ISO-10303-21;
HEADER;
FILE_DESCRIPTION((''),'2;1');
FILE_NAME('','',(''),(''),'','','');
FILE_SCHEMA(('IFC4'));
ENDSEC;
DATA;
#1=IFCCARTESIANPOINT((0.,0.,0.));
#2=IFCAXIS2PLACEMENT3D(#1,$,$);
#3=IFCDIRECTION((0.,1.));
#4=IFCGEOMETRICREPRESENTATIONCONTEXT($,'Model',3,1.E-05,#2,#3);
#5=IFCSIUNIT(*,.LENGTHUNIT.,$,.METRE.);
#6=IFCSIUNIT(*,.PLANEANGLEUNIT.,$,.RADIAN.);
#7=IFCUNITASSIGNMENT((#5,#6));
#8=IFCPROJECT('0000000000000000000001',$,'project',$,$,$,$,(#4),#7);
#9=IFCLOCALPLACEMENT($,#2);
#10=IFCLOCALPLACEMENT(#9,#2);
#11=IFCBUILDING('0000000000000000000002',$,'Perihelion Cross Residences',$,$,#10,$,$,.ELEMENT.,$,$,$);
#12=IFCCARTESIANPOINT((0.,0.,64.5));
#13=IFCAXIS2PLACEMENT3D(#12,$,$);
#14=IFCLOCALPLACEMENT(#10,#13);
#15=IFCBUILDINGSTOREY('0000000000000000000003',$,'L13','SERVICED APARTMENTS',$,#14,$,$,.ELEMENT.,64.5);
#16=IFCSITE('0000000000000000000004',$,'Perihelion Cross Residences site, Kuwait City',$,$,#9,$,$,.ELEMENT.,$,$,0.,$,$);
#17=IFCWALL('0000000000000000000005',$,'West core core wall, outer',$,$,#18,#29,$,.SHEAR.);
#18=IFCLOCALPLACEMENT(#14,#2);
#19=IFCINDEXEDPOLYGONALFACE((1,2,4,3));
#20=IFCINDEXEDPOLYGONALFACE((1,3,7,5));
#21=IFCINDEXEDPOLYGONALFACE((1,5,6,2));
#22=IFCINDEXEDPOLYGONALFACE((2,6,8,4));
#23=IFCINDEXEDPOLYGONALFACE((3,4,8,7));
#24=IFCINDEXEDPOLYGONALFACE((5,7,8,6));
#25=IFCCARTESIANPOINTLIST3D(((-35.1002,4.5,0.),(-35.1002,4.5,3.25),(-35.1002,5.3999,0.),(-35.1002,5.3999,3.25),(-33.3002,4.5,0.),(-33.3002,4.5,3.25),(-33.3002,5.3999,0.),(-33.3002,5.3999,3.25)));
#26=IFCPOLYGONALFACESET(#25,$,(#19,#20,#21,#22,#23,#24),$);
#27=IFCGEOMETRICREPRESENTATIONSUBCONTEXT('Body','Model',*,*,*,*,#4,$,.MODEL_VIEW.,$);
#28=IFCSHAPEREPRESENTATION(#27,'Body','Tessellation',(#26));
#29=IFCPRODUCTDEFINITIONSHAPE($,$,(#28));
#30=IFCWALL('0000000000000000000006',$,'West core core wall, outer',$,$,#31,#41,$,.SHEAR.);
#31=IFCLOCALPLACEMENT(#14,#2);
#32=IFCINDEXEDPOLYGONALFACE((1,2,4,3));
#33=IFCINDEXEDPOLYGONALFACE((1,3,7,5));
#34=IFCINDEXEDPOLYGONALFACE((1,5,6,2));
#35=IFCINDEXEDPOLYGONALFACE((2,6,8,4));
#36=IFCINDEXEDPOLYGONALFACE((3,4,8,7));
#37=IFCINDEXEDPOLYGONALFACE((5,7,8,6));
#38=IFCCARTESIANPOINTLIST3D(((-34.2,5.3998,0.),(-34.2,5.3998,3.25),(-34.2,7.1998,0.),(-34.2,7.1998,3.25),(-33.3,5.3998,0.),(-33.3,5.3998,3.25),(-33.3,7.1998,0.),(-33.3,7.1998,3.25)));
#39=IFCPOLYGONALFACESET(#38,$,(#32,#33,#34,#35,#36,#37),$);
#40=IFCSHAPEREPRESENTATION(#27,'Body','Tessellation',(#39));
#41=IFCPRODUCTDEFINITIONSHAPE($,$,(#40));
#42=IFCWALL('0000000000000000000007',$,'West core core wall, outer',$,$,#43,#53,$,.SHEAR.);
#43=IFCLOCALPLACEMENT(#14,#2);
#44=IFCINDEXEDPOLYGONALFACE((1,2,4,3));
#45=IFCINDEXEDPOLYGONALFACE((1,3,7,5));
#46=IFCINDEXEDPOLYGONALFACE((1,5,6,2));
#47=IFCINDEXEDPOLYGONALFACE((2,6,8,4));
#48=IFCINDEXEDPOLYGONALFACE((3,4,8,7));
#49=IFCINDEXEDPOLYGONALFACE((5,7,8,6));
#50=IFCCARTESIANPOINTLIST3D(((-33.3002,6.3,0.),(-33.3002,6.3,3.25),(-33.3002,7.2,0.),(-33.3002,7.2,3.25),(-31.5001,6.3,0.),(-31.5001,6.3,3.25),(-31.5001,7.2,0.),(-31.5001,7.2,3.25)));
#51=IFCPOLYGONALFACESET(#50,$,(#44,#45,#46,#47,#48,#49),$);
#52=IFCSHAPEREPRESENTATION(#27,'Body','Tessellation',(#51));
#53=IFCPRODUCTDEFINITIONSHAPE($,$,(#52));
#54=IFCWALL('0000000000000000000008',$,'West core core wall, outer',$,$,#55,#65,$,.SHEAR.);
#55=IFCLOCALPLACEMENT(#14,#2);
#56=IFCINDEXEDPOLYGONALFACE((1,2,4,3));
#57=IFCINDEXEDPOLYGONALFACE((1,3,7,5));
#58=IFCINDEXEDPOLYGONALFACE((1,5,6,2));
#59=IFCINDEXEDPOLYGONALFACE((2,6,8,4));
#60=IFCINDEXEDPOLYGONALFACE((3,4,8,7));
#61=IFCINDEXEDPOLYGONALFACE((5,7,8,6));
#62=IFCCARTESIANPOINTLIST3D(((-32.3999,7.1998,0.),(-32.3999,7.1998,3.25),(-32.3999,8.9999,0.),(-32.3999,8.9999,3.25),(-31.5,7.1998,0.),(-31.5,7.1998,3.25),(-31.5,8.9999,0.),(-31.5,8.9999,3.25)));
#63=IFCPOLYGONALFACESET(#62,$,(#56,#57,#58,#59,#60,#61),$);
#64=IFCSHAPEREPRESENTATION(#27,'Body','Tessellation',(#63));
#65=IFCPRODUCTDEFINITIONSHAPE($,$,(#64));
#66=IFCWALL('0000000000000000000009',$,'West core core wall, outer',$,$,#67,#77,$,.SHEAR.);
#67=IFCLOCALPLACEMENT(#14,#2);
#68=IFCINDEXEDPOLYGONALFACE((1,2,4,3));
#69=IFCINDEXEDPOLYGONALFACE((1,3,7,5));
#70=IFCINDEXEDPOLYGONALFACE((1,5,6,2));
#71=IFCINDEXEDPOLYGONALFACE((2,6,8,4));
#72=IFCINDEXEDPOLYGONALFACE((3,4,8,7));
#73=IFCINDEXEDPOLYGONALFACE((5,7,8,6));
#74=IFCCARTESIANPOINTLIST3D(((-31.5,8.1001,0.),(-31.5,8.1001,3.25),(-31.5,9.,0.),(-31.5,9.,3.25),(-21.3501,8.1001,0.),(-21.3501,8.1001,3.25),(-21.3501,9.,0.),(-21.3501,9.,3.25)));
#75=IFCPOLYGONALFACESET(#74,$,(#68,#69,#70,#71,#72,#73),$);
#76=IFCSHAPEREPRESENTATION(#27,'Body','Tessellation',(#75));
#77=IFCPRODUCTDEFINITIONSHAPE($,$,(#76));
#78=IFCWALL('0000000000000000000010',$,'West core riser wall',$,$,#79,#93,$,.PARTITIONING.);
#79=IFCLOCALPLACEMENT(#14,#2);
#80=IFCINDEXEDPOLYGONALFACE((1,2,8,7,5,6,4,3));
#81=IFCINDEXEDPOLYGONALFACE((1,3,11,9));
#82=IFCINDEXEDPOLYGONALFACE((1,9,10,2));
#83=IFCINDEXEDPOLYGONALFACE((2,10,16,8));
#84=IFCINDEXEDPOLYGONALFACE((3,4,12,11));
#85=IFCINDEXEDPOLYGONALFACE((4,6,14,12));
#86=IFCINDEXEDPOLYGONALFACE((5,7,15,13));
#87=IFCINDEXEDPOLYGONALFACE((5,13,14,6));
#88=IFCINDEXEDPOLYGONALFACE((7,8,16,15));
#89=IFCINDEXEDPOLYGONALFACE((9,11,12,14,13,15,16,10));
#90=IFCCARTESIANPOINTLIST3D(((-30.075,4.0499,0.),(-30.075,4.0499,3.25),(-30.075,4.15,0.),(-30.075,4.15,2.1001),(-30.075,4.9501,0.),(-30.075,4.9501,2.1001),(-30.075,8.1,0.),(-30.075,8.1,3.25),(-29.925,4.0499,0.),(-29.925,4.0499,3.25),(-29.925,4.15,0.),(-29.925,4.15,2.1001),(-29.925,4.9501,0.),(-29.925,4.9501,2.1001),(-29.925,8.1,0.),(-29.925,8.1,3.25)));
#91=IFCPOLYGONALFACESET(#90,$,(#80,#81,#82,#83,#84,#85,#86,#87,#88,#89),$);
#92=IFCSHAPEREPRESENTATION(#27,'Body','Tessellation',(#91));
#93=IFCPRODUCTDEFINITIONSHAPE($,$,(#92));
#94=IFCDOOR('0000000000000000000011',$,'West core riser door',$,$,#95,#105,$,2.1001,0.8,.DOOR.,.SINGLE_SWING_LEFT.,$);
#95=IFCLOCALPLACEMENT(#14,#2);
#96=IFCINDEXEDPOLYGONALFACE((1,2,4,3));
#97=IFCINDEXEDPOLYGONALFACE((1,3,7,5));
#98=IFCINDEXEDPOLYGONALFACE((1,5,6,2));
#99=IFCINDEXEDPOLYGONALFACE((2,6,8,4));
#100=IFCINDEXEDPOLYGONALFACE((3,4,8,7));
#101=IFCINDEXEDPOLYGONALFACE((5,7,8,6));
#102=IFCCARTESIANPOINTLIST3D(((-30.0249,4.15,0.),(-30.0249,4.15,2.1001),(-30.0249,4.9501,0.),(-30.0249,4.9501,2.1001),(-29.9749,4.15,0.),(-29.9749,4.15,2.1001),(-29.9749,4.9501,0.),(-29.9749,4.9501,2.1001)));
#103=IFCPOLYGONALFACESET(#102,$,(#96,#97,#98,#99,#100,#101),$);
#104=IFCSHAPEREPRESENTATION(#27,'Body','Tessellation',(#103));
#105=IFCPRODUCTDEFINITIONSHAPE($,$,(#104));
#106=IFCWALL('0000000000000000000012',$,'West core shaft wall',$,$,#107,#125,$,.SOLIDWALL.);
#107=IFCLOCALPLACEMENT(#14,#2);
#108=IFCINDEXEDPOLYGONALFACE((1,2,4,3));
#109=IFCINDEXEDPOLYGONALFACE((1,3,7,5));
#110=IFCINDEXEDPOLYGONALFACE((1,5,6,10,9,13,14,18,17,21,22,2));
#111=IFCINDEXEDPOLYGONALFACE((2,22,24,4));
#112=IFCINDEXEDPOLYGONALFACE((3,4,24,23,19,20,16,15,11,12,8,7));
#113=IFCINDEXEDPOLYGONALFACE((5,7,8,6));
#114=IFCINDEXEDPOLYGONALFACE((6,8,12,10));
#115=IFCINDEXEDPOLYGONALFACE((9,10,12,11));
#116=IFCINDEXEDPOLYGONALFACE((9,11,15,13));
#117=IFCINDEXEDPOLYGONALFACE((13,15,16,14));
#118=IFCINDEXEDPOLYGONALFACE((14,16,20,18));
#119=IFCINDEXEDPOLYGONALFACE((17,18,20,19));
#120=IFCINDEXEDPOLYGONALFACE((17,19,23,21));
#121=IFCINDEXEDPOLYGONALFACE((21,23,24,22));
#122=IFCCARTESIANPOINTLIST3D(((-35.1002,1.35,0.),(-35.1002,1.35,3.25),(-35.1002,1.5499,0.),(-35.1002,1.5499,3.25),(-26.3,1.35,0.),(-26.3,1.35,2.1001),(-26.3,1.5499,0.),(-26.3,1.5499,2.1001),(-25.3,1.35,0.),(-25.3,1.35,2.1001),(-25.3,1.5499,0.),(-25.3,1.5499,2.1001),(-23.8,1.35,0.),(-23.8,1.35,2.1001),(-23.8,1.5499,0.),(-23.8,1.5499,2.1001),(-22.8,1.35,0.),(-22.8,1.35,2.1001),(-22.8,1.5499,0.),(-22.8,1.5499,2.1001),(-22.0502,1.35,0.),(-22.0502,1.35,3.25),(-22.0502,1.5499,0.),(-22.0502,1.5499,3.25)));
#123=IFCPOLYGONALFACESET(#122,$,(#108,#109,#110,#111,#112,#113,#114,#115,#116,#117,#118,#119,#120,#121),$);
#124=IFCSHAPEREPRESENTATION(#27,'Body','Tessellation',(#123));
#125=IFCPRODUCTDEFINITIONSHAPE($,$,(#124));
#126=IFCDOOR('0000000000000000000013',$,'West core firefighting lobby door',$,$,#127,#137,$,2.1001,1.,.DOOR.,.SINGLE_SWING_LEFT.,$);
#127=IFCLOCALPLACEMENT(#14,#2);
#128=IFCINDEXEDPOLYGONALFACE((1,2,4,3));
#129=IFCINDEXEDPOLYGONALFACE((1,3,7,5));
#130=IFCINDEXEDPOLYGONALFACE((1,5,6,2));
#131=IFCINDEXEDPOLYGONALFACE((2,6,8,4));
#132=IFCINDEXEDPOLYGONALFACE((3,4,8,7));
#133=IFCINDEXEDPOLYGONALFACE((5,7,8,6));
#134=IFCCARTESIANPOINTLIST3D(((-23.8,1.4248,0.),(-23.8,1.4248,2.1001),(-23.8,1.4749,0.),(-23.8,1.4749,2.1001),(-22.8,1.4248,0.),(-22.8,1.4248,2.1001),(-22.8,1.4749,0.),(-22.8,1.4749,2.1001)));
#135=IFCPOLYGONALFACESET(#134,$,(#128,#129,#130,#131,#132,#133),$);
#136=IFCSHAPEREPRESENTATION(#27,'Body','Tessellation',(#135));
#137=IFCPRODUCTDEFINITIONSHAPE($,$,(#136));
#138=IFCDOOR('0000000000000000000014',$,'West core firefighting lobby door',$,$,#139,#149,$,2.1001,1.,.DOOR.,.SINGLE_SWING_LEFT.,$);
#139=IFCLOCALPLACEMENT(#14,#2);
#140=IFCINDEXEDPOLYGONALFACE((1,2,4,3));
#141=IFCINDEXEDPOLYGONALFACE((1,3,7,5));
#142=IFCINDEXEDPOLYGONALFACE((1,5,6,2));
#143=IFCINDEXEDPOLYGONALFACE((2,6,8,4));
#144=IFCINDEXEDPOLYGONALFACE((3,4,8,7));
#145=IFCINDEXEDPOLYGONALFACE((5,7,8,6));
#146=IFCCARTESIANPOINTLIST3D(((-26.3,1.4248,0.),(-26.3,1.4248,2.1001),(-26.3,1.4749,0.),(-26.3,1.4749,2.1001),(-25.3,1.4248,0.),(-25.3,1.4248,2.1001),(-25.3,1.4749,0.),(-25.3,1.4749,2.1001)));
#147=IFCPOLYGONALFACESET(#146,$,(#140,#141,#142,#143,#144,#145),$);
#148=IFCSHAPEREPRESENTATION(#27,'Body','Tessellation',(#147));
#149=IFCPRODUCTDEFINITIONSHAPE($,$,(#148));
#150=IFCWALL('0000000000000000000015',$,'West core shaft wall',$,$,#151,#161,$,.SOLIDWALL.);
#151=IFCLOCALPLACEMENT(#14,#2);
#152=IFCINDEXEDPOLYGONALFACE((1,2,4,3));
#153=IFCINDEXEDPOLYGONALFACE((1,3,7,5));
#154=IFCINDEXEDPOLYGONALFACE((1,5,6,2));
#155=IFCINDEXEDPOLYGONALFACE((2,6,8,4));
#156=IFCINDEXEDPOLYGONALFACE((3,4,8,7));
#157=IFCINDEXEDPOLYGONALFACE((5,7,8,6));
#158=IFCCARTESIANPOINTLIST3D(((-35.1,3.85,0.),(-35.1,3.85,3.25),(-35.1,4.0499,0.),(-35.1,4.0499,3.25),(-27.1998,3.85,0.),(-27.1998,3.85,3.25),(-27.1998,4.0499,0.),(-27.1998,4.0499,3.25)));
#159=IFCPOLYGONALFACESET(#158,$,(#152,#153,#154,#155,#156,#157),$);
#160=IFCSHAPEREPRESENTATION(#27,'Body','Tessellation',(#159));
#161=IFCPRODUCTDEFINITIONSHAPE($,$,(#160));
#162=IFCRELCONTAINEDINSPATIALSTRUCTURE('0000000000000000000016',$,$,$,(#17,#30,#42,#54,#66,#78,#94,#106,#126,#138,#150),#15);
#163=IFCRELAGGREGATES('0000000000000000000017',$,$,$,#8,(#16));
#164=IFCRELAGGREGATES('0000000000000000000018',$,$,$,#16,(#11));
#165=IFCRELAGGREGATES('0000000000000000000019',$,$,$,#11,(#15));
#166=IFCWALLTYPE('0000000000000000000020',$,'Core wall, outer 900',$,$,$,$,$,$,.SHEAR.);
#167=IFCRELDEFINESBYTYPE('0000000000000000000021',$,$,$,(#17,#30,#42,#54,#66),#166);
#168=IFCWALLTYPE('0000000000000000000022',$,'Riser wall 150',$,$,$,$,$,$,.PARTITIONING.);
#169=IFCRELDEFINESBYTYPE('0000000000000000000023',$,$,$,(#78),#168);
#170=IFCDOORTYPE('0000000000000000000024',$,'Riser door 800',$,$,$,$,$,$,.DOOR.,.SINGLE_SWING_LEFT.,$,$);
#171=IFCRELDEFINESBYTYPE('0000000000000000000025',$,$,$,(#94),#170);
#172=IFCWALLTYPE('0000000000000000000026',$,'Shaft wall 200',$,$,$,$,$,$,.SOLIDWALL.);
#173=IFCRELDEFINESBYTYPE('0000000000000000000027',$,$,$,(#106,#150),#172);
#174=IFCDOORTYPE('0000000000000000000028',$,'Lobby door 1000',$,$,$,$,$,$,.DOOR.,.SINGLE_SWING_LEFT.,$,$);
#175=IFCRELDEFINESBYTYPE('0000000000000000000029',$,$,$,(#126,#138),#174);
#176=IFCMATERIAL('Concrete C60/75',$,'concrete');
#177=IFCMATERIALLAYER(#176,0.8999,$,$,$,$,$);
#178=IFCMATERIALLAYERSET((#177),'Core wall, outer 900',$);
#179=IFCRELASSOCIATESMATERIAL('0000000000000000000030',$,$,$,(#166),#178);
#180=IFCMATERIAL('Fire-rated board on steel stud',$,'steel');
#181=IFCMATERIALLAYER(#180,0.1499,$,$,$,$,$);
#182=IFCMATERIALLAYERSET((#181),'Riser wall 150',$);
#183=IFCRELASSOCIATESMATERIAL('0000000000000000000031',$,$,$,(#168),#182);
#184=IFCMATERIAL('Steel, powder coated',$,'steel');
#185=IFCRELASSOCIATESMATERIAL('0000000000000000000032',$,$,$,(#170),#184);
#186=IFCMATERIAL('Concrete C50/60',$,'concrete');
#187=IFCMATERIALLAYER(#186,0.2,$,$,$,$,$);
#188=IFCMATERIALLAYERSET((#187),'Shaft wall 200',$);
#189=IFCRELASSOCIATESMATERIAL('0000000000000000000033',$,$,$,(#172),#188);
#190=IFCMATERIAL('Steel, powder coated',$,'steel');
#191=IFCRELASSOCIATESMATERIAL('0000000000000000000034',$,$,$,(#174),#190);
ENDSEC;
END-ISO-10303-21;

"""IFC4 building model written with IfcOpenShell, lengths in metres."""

from ifc_helpers import new_model, si_unit, direction, frame, frame_2d, origin, place, context, subcontext, project, spatial, rectangle, extrude, material, layer, layer_set, type_object, element, fill, save


model = new_model("IFC4")

# Units and contexts
model_context = context("Model", 3, precision=1e-05, world=origin(), true_north=direction((0.0, 1.0)))
body_context = subcontext(model_context, "Body", "Model", "MODEL_VIEW")
ifc_project = project(units=[si_unit("LENGTHUNIT", "METRE"), si_unit("PLANEANGLEUNIT", "RADIAN")], contexts=[model_context])

# Site, building, storey
site_placement = place(None, origin())
site = spatial("IfcSite", under=ifc_project, at=site_placement, Name="Perihelion Cross Residences site, Kuwait City", CompositionType="ELEMENT", RefElevation=0.0)
building_placement = place(site_placement, origin())
building = spatial("IfcBuilding", under=site, at=building_placement, Name="Perihelion Cross Residences", CompositionType="ELEMENT")
storey_placement = place(building_placement, frame((0.0, 0.0, 64.5)))
storey = spatial("IfcBuildingStorey", under=building, at=storey_placement, Name="L13", Description="SERVICED APARTMENTS", CompositionType="ELEMENT", Elevation=64.5)

# Walls
ifc_material_1 = material(Name="Concrete C60/75", Category="concrete")
ifc_layer_1 = layer(ifc_material_1, 0.8999)
ifc_layer_set_1 = layer_set([ifc_layer_1], Name="Core wall, outer 900")
wall_type_1 = type_object("IfcWallType", Name="Core wall, outer 900", PredefinedType="SHEAR", material=ifc_layer_set_1)
for number, where, z_axis, x_axis, name in (
    (1, (-35.1001, 4.95, 0.0), (0.0, 0.0, 1.0), (1.0, 0.0, 0.0), "West core core wall, outer"),
    (2, (-33.75, 5.3999, 0.0), (0.0, 0.0, 1.0), (0.0, 1.0, 0.0), "West core core wall, outer"),
    (3, (-33.3, 6.75, 0.0), (0.0, 0.0, 1.0), (1.0, 0.0, 0.0), "West core core wall, outer"),
    (4, (-31.95, 7.2, 0.0), (0.0, 0.0, 1.0), (0.0, 1.0, 0.0), "West core core wall, outer"),
):
    element("IfcWall", number, at=place(storey_placement, frame(where, z_axis=z_axis, x_axis=x_axis)), inside=storey, type_object=wall_type_1, Name=name, PredefinedType="SHEAR", context=body_context, shape_type="SweptSolid", body=[
        extrude(rectangle(XDim=1.8, YDim=0.8999, at=frame_2d((0.8999, 0.0))), origin(), (0.0, 0.0, 1.0), 3.25),
    ])
wall_1_placement = place(storey_placement, frame((-31.5, 8.55, 0.0), z_axis=(0.0, 0.0, 1.0), x_axis=(1.0, 0.0, 0.0)))
element("IfcWall", 5, at=wall_1_placement, inside=storey, type_object=wall_type_1, Name="West core core wall, outer", PredefinedType="SHEAR", context=body_context, shape_type="SweptSolid", body=[
    extrude(rectangle(XDim=10.1499, YDim=0.8999, at=frame_2d((5.075, 0.0))), origin(), (0.0, 0.0, 1.0), 3.25),
])

# Wall, opening, door
ifc_material_2 = material(Name="Fire-rated board on steel stud", Category="steel")
ifc_layer_2 = layer(ifc_material_2, 0.1499)
ifc_layer_set_2 = layer_set([ifc_layer_2], Name="Riser wall 150")
wall_type_2 = type_object("IfcWallType", Name="Riser wall 150", PredefinedType="PARTITIONING", material=ifc_layer_set_2)
wall_2_placement = place(storey_placement, frame((-30.0, 4.05, 0.0), z_axis=(0.0, 0.0, 1.0), x_axis=(0.0, 1.0, 0.0)))
wall_2 = element("IfcWall", 6, at=wall_2_placement, inside=storey, type_object=wall_type_2, Name="West core riser wall", PredefinedType="PARTITIONING", context=body_context, shape_type="SweptSolid", body=[
    extrude(rectangle(XDim=4.05, YDim=0.1499, at=frame_2d((2.0249, 0.0))), origin(), (0.0, 0.0, 1.0), 3.25),
])
opening_1_placement = place(wall_2_placement, frame((0.1001, 0.0, 0.0)))
opening_1 = element("IfcOpeningElement", 7, at=opening_1_placement, cuts=wall_2, PredefinedType="OPENING", context=body_context, shape_type="SweptSolid", body=[
    extrude(rectangle(XDim=0.8, YDim=2.1001, at=frame_2d((0.3999, 1.05))), frame((0.0, 0.085, 0.0), z_axis=(0.0, -1.0, 0.0), x_axis=(1.0, 0.0, 0.0)), (0.0, 0.0, 1.0), 0.1699),
])
ifc_material_3 = material(Name="Steel, powder coated", Category="steel")
door_type_1 = type_object("IfcDoorType", Name="Riser door 800", OperationType="SINGLE_SWING_LEFT", PredefinedType="DOOR", material=ifc_material_3)
door_1_placement = place(opening_1_placement, origin())
door_1 = element("IfcDoor", 8, at=door_1_placement, inside=storey, type_object=door_type_1, Name="West core riser door", OperationType="SINGLE_SWING_LEFT", OverallHeight=2.1001, OverallWidth=0.8, PredefinedType="DOOR", context=body_context, shape_type="SweptSolid", body=[
    extrude(rectangle(XDim=0.8, YDim=2.1001, at=frame_2d((0.3999, 1.05))), frame((0.0, 0.0249, 0.0), z_axis=(0.0, -1.0, 0.0), x_axis=(1.0, 0.0, 0.0)), (0.0, 0.0, 1.0), 0.05),
])
fill(opening_1, door_1)

# Wall, openings, doors
ifc_material_4 = material(Name="Concrete C50/60", Category="concrete")
ifc_layer_3 = layer(ifc_material_4, 0.2)
ifc_layer_set_3 = layer_set([ifc_layer_3], Name="Shaft wall 200")
wall_type_3 = type_object("IfcWallType", Name="Shaft wall 200", PredefinedType="SOLIDWALL", material=ifc_layer_set_3)
wall_3_placement = place(storey_placement, frame((-35.1001, 1.45, 0.0), z_axis=(0.0, 0.0, 1.0), x_axis=(1.0, 0.0, 0.0)))
wall_3 = element("IfcWall", 9, at=wall_3_placement, inside=storey, type_object=wall_type_3, Name="West core shaft wall", PredefinedType="SOLIDWALL", context=body_context, shape_type="SweptSolid", body=[
    extrude(rectangle(XDim=13.05, YDim=0.2, at=frame_2d((6.5249, 0.0))), origin(), (0.0, 0.0, 1.0), 3.25),
])
opening_2_placement = place(wall_3_placement, frame((11.3, 0.0, 0.0)))
opening_2 = element("IfcOpeningElement", 10, at=opening_2_placement, cuts=wall_3, PredefinedType="OPENING", context=body_context, shape_type="SweptSolid", body=[
    extrude(rectangle(XDim=1.0, YDim=2.1001, at=frame_2d((0.5, 1.05))), frame((0.0, 0.1099, 0.0), z_axis=(0.0, -1.0, 0.0), x_axis=(1.0, 0.0, 0.0)), (0.0, 0.0, 1.0), 0.22),
])
opening_3_placement = place(wall_3_placement, frame((8.8, 0.0, 0.0)))
opening_3 = element("IfcOpeningElement", 11, at=opening_3_placement, cuts=wall_3, PredefinedType="OPENING", context=body_context, shape_type="SweptSolid", body=[
    extrude(rectangle(XDim=1.0, YDim=2.1001, at=frame_2d((0.5, 1.05))), frame((0.0, 0.1099, 0.0), z_axis=(0.0, -1.0, 0.0), x_axis=(1.0, 0.0, 0.0)), (0.0, 0.0, 1.0), 0.22),
])
ifc_material_5 = material(Name="Steel, powder coated", Category="steel")
door_type_2 = type_object("IfcDoorType", Name="Lobby door 1000", OperationType="SINGLE_SWING_LEFT", PredefinedType="DOOR", material=ifc_material_5)
door_2_placement = place(opening_2_placement, origin())
door_2 = element("IfcDoor", 12, at=door_2_placement, inside=storey, type_object=door_type_2, Name="West core firefighting lobby door", OperationType="SINGLE_SWING_LEFT", OverallHeight=2.1001, OverallWidth=1.0, PredefinedType="DOOR", context=body_context, shape_type="SweptSolid", body=[
    extrude(rectangle(XDim=1.0, YDim=2.1001, at=frame_2d((0.5, 1.05))), frame((0.0, 0.0249, 0.0), z_axis=(0.0, -1.0, 0.0), x_axis=(1.0, 0.0, 0.0)), (0.0, 0.0, 1.0), 0.05),
])
fill(opening_2, door_2)
door_3_placement = place(opening_3_placement, origin())
door_3 = element("IfcDoor", 13, at=door_3_placement, inside=storey, type_object=door_type_2, Name="West core firefighting lobby door", OperationType="SINGLE_SWING_LEFT", OverallHeight=2.1001, OverallWidth=1.0, PredefinedType="DOOR", context=body_context, shape_type="SweptSolid", body=[
    extrude(rectangle(XDim=1.0, YDim=2.1001, at=frame_2d((0.5, 1.05))), frame((0.0, 0.0249, 0.0), z_axis=(0.0, -1.0, 0.0), x_axis=(1.0, 0.0, 0.0)), (0.0, 0.0, 1.0), 0.05),
])
fill(opening_3, door_3)

# Wall
wall_4_placement = place(storey_placement, frame((-35.1001, 3.95, 0.0), z_axis=(0.0, 0.0, 1.0), x_axis=(1.0, 0.0, 0.0)))
element("IfcWall", 14, at=wall_4_placement, inside=storey, type_object=wall_type_3, Name="West core shaft wall", PredefinedType="SOLIDWALL", context=body_context, shape_type="SweptSolid", body=[
    extrude(rectangle(XDim=7.9001, YDim=0.2, at=frame_2d((3.9502, 0.0))), origin(), (0.0, 0.0, 1.0), 3.25),
])

save(model, "model.ifc")
